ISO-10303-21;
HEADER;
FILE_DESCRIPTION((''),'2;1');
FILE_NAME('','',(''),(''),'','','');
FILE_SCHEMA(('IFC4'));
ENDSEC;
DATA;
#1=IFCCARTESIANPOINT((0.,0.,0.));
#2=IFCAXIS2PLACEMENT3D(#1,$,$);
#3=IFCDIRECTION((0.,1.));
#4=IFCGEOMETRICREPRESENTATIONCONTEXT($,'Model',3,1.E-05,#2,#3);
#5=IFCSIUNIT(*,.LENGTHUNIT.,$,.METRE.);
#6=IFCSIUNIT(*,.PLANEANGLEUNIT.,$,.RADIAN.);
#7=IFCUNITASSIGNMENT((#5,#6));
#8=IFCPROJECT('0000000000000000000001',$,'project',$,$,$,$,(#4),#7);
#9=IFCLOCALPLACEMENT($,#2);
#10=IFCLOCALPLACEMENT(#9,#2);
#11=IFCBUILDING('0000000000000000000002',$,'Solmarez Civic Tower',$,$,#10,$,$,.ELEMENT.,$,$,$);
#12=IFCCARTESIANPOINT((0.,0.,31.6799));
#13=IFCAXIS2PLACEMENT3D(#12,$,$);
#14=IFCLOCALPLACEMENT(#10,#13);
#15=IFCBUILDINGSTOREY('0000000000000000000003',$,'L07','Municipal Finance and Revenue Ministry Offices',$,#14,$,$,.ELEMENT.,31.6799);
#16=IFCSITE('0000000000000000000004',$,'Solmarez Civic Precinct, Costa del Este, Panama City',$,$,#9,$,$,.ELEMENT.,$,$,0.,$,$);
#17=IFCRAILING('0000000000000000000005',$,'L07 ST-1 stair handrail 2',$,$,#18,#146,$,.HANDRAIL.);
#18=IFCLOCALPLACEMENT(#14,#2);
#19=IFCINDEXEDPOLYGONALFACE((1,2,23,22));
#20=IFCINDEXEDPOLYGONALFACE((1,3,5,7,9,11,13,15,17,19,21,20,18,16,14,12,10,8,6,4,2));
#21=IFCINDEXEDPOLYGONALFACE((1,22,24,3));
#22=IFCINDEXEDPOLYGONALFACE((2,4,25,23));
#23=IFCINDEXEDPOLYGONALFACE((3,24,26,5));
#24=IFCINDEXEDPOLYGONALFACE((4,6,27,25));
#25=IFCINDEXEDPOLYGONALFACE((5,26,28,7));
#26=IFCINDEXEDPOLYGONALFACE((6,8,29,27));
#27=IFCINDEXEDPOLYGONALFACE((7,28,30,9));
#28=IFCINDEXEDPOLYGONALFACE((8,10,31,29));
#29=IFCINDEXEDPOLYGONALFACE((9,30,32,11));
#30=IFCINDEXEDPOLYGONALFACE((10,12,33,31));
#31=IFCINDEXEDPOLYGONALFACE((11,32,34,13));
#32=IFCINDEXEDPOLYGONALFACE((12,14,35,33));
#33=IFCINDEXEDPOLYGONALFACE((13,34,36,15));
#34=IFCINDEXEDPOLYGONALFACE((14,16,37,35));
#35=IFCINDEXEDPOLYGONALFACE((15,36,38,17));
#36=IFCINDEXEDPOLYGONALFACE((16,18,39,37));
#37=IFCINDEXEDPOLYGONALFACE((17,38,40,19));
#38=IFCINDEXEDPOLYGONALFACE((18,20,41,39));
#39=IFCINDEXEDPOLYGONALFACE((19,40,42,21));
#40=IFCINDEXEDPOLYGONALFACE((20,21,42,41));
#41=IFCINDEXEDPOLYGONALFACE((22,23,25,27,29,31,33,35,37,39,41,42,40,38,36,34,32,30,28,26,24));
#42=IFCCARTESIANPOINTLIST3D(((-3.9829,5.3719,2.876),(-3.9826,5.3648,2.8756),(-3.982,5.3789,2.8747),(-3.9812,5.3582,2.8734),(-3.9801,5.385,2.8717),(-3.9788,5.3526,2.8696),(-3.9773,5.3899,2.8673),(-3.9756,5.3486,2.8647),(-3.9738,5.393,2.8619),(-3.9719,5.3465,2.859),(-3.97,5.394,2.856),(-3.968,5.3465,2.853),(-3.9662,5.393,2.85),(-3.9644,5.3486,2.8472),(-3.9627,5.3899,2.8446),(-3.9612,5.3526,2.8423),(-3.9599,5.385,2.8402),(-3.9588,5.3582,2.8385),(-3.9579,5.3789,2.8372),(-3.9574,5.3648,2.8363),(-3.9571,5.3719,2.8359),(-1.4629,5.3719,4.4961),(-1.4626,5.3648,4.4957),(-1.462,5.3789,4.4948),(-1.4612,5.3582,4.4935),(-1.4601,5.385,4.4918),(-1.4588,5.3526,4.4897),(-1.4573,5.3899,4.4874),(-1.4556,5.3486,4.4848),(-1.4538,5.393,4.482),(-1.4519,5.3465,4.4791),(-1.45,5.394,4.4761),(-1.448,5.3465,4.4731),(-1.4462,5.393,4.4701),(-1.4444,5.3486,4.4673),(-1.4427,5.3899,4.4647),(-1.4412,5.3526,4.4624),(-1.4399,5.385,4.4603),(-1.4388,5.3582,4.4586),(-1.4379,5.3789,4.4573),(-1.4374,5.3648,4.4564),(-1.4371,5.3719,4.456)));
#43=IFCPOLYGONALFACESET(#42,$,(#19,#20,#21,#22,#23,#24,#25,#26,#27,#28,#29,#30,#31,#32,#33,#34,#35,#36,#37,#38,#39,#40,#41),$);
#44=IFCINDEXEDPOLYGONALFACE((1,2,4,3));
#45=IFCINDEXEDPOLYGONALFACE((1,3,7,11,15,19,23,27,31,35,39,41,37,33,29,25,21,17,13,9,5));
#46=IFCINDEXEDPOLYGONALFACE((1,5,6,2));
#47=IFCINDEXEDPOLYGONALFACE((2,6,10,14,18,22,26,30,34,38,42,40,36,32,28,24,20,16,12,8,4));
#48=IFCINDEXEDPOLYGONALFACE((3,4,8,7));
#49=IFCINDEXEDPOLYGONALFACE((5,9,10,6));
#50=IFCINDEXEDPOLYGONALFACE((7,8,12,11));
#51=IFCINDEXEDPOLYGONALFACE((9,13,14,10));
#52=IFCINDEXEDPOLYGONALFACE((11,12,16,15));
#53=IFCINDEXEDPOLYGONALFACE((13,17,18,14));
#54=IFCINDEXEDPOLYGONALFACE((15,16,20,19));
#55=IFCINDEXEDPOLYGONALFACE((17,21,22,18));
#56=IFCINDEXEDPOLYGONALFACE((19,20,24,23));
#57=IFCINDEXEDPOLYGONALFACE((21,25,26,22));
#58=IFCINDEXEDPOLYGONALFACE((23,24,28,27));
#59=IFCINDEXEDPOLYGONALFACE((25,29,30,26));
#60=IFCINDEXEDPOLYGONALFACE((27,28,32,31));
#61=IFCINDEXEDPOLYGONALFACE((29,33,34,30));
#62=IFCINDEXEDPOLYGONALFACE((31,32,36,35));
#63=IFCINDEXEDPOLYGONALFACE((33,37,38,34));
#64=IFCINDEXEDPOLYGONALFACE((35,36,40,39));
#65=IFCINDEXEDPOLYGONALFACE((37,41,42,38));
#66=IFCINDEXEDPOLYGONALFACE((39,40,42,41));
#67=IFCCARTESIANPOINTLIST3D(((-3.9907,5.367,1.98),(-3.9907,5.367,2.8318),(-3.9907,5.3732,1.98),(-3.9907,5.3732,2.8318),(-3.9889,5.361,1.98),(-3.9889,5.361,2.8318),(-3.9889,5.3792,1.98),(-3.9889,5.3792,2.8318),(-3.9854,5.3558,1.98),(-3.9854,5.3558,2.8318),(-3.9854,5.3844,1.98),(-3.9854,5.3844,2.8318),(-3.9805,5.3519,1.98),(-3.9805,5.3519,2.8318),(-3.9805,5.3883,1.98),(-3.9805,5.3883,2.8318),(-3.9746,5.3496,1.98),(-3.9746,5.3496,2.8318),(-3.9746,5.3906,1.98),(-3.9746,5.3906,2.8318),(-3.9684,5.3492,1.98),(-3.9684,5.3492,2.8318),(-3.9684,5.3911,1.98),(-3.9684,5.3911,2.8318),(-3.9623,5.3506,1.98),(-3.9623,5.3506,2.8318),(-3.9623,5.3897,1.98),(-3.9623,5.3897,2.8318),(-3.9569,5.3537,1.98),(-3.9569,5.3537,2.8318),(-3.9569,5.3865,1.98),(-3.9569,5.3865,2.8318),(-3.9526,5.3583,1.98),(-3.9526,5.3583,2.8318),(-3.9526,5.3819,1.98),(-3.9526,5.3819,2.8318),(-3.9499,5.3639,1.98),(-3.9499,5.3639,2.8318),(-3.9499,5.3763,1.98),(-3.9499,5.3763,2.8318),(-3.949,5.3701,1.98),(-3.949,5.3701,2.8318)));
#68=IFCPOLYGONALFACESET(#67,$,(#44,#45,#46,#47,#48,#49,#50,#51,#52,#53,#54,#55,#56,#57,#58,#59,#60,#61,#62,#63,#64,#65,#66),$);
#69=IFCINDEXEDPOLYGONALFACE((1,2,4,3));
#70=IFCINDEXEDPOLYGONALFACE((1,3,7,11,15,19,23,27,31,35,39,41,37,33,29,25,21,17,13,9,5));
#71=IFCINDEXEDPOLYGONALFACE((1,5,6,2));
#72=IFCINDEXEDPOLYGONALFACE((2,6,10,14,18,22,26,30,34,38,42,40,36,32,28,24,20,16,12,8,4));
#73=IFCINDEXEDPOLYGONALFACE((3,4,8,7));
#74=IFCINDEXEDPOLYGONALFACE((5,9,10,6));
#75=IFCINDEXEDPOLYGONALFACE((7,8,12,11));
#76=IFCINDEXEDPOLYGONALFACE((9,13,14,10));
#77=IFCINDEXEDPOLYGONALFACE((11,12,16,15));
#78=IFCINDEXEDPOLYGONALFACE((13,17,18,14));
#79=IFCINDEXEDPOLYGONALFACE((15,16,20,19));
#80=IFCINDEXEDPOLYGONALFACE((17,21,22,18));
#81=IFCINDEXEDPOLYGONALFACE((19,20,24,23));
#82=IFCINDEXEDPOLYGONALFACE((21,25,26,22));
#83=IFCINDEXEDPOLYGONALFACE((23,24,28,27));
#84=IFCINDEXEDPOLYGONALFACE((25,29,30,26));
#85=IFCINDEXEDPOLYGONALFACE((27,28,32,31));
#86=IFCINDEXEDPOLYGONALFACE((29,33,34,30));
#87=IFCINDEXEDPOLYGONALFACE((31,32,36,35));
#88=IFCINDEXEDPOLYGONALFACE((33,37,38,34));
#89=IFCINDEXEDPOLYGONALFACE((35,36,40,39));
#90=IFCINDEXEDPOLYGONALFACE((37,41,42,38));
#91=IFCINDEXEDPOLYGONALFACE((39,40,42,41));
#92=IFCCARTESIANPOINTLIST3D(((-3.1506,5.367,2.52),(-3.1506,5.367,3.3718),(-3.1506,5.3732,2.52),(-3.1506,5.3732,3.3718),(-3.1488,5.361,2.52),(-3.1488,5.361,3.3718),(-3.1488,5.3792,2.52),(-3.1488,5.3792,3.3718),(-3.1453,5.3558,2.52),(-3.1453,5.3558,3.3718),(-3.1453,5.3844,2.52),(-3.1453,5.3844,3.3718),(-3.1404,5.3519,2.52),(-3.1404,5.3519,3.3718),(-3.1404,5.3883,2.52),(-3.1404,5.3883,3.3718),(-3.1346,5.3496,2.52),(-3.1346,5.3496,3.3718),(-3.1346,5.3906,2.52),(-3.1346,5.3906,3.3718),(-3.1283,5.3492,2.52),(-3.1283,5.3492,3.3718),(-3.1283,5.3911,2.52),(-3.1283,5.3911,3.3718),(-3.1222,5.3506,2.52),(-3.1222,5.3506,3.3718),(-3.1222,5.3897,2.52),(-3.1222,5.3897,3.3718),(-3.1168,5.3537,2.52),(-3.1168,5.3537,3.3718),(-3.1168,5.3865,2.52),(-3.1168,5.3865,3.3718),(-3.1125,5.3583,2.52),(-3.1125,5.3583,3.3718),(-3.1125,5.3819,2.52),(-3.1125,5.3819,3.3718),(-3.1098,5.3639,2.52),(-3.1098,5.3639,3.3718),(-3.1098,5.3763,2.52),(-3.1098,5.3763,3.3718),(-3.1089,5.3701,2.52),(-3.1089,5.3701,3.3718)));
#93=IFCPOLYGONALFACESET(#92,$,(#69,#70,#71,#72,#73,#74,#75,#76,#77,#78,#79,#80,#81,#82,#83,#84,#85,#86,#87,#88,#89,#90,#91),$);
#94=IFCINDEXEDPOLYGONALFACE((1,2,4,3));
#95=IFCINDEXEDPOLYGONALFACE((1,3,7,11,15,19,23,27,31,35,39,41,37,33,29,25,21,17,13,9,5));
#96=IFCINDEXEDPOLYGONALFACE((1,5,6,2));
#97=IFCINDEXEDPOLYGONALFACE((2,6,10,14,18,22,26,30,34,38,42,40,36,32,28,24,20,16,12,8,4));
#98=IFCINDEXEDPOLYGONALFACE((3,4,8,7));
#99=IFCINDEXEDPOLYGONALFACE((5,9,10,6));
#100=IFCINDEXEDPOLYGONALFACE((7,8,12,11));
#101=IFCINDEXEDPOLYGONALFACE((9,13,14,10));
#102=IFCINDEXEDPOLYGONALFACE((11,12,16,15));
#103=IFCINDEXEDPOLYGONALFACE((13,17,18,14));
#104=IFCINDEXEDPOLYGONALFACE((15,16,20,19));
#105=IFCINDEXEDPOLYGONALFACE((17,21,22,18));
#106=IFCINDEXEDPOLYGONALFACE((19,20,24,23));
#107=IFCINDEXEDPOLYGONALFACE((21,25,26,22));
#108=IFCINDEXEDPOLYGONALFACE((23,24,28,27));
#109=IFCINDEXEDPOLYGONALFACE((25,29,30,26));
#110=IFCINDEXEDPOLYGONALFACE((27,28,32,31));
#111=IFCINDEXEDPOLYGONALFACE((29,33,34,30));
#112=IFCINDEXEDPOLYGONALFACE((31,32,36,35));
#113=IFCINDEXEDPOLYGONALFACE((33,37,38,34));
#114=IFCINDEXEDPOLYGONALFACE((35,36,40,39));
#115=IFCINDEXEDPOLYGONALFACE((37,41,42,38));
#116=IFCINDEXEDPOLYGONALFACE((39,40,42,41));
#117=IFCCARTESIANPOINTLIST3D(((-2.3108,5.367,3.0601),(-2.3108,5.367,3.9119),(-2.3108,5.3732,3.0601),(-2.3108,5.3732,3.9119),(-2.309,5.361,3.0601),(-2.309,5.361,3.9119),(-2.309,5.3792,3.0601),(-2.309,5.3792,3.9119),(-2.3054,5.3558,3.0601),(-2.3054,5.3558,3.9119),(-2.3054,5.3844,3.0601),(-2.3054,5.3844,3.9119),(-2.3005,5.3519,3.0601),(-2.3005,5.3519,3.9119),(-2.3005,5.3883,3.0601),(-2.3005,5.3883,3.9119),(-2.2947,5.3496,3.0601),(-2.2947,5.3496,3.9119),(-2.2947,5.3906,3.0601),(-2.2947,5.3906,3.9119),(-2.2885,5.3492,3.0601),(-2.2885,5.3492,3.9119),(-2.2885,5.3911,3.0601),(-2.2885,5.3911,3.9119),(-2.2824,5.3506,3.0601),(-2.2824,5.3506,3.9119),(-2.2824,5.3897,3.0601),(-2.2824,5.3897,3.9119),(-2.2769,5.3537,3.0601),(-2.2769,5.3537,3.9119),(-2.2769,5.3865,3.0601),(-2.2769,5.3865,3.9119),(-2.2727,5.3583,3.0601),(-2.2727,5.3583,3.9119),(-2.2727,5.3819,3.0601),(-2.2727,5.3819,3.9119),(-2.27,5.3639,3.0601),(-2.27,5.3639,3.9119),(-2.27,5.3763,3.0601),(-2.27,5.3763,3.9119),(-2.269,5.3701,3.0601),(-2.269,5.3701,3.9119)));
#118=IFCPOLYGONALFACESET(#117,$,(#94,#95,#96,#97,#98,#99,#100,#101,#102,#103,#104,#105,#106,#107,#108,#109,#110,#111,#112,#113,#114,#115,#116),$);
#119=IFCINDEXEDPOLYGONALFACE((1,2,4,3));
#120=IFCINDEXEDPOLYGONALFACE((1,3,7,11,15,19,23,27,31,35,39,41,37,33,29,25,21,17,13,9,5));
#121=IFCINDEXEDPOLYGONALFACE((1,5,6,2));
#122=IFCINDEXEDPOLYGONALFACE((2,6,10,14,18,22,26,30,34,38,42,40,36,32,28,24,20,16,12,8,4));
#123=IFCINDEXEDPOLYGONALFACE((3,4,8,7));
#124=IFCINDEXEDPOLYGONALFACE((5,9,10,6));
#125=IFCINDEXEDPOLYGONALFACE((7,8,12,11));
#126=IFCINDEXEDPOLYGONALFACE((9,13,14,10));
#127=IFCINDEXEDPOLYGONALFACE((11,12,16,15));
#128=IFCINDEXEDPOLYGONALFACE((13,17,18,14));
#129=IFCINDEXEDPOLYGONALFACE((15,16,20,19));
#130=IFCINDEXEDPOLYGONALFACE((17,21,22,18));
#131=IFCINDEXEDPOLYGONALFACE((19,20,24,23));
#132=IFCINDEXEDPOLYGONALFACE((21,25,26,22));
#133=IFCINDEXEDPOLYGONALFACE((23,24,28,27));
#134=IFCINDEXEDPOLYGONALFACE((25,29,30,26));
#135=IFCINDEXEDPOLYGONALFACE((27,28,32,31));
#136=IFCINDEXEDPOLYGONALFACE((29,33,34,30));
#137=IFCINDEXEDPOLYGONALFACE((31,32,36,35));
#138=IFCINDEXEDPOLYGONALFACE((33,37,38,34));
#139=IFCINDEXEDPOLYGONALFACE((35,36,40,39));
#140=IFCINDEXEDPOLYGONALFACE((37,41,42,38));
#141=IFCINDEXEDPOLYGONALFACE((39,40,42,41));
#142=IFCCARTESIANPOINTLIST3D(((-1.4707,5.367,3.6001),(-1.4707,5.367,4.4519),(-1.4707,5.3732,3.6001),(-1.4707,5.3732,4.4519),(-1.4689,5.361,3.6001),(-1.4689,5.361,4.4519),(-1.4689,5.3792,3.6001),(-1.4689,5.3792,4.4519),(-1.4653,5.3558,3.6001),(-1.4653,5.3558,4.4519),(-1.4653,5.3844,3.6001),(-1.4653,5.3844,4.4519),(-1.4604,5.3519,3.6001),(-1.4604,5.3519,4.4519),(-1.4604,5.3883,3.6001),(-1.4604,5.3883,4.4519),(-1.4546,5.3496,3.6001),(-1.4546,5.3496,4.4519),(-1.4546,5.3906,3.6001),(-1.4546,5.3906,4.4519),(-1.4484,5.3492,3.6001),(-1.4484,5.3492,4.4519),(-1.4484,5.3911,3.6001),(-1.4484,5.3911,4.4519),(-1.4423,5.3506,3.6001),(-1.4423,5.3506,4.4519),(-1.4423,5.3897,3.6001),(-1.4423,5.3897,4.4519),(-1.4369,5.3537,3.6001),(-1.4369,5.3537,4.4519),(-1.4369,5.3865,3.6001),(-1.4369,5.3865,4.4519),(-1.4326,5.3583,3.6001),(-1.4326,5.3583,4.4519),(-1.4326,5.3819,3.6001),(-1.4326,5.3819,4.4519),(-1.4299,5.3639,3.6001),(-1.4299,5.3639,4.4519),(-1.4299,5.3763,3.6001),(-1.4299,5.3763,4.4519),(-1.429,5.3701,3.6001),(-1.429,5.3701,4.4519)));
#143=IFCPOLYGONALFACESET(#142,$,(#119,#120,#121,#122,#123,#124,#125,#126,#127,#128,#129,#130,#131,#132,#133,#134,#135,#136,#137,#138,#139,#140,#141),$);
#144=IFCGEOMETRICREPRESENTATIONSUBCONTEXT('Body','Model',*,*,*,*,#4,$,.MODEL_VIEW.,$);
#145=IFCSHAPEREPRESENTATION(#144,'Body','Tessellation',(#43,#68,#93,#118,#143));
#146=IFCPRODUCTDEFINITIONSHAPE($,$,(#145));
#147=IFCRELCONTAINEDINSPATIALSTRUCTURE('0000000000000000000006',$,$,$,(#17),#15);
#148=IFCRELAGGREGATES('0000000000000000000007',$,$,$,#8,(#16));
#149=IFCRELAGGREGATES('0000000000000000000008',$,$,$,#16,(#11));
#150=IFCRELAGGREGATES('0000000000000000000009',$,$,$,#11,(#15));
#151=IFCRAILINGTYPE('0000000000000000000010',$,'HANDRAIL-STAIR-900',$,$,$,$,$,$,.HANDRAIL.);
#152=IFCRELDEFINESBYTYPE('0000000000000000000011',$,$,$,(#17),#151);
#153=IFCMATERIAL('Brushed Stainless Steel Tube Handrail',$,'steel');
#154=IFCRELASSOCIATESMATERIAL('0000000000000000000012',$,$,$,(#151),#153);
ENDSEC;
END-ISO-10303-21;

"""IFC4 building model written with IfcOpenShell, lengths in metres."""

from ifc_helpers import new_model, si_unit, direction, frame, origin, origin_2d, place, context, subcontext, project, spatial, circle, extrude, material, type_object, element, save


model = new_model("IFC4")

# Units and contexts
model_context = context("Model", 3, precision=1e-05, world=origin(), true_north=direction((0.0, 1.0)))
body_context = subcontext(model_context, "Body", "Model", "MODEL_VIEW")
ifc_project = project(units=[si_unit("LENGTHUNIT", "METRE"), si_unit("PLANEANGLEUNIT", "RADIAN")], contexts=[model_context])

# Site, building, storey
site_placement = place(None, origin())
site = spatial("IfcSite", under=ifc_project, at=site_placement, Name="Solmarez Civic Precinct, Costa del Este, Panama City", CompositionType="ELEMENT", RefElevation=0.0)
building_placement = place(site_placement, origin())
building = spatial("IfcBuilding", under=site, at=building_placement, Name="Solmarez Civic Tower", CompositionType="ELEMENT")
storey_placement = place(building_placement, frame((0.0, 0.0, 31.6799)))
storey = spatial("IfcBuildingStorey", under=building, at=storey_placement, Name="L07", Description="Municipal Finance and Revenue Ministry Offices", CompositionType="ELEMENT", Elevation=31.6799)

# Railing
ifc_material_1 = material(Name="Brushed Stainless Steel Tube Handrail", Category="steel")
railing_type_1 = type_object("IfcRailingType", Name="HANDRAIL-STAIR-900", PredefinedType="HANDRAIL", material=ifc_material_1)
railing_1_placement = place(storey_placement, frame((-3.97, 5.3701, 1.98)))
element("IfcRailing", 1, at=railing_1_placement, inside=storey, type_object=railing_type_1, Name="L07 ST-1 stair handrail 2", PredefinedType="HANDRAIL", context=body_context, shape_type="SweptSolid", body=[
    extrude(circle(Radius=0.0239, at=origin_2d()), frame((0.0, 0.0, 0.876), z_axis=(0.841163, 0.0, 0.540782), x_axis=(0.0, 1.0, 0.0)), (0.0, 0.0, 1.0), 2.9958),
    extrude(circle(Radius=0.021, at=origin_2d()), origin(), (0.0, 0.0, 1.0), 0.8518),
    extrude(circle(Radius=0.021, at=origin_2d()), frame((0.8401, 0.0, 0.54)), (0.0, 0.0, 1.0), 0.8518),
    extrude(circle(Radius=0.021, at=origin_2d()), frame((1.6799, 0.0, 1.0801)), (0.0, 0.0, 1.0), 0.8518),
    extrude(circle(Radius=0.021, at=origin_2d()), frame((2.52, 0.0, 1.6201)), (0.0, 0.0, 1.0), 0.8518),
])

save(model, "model.ifc")
